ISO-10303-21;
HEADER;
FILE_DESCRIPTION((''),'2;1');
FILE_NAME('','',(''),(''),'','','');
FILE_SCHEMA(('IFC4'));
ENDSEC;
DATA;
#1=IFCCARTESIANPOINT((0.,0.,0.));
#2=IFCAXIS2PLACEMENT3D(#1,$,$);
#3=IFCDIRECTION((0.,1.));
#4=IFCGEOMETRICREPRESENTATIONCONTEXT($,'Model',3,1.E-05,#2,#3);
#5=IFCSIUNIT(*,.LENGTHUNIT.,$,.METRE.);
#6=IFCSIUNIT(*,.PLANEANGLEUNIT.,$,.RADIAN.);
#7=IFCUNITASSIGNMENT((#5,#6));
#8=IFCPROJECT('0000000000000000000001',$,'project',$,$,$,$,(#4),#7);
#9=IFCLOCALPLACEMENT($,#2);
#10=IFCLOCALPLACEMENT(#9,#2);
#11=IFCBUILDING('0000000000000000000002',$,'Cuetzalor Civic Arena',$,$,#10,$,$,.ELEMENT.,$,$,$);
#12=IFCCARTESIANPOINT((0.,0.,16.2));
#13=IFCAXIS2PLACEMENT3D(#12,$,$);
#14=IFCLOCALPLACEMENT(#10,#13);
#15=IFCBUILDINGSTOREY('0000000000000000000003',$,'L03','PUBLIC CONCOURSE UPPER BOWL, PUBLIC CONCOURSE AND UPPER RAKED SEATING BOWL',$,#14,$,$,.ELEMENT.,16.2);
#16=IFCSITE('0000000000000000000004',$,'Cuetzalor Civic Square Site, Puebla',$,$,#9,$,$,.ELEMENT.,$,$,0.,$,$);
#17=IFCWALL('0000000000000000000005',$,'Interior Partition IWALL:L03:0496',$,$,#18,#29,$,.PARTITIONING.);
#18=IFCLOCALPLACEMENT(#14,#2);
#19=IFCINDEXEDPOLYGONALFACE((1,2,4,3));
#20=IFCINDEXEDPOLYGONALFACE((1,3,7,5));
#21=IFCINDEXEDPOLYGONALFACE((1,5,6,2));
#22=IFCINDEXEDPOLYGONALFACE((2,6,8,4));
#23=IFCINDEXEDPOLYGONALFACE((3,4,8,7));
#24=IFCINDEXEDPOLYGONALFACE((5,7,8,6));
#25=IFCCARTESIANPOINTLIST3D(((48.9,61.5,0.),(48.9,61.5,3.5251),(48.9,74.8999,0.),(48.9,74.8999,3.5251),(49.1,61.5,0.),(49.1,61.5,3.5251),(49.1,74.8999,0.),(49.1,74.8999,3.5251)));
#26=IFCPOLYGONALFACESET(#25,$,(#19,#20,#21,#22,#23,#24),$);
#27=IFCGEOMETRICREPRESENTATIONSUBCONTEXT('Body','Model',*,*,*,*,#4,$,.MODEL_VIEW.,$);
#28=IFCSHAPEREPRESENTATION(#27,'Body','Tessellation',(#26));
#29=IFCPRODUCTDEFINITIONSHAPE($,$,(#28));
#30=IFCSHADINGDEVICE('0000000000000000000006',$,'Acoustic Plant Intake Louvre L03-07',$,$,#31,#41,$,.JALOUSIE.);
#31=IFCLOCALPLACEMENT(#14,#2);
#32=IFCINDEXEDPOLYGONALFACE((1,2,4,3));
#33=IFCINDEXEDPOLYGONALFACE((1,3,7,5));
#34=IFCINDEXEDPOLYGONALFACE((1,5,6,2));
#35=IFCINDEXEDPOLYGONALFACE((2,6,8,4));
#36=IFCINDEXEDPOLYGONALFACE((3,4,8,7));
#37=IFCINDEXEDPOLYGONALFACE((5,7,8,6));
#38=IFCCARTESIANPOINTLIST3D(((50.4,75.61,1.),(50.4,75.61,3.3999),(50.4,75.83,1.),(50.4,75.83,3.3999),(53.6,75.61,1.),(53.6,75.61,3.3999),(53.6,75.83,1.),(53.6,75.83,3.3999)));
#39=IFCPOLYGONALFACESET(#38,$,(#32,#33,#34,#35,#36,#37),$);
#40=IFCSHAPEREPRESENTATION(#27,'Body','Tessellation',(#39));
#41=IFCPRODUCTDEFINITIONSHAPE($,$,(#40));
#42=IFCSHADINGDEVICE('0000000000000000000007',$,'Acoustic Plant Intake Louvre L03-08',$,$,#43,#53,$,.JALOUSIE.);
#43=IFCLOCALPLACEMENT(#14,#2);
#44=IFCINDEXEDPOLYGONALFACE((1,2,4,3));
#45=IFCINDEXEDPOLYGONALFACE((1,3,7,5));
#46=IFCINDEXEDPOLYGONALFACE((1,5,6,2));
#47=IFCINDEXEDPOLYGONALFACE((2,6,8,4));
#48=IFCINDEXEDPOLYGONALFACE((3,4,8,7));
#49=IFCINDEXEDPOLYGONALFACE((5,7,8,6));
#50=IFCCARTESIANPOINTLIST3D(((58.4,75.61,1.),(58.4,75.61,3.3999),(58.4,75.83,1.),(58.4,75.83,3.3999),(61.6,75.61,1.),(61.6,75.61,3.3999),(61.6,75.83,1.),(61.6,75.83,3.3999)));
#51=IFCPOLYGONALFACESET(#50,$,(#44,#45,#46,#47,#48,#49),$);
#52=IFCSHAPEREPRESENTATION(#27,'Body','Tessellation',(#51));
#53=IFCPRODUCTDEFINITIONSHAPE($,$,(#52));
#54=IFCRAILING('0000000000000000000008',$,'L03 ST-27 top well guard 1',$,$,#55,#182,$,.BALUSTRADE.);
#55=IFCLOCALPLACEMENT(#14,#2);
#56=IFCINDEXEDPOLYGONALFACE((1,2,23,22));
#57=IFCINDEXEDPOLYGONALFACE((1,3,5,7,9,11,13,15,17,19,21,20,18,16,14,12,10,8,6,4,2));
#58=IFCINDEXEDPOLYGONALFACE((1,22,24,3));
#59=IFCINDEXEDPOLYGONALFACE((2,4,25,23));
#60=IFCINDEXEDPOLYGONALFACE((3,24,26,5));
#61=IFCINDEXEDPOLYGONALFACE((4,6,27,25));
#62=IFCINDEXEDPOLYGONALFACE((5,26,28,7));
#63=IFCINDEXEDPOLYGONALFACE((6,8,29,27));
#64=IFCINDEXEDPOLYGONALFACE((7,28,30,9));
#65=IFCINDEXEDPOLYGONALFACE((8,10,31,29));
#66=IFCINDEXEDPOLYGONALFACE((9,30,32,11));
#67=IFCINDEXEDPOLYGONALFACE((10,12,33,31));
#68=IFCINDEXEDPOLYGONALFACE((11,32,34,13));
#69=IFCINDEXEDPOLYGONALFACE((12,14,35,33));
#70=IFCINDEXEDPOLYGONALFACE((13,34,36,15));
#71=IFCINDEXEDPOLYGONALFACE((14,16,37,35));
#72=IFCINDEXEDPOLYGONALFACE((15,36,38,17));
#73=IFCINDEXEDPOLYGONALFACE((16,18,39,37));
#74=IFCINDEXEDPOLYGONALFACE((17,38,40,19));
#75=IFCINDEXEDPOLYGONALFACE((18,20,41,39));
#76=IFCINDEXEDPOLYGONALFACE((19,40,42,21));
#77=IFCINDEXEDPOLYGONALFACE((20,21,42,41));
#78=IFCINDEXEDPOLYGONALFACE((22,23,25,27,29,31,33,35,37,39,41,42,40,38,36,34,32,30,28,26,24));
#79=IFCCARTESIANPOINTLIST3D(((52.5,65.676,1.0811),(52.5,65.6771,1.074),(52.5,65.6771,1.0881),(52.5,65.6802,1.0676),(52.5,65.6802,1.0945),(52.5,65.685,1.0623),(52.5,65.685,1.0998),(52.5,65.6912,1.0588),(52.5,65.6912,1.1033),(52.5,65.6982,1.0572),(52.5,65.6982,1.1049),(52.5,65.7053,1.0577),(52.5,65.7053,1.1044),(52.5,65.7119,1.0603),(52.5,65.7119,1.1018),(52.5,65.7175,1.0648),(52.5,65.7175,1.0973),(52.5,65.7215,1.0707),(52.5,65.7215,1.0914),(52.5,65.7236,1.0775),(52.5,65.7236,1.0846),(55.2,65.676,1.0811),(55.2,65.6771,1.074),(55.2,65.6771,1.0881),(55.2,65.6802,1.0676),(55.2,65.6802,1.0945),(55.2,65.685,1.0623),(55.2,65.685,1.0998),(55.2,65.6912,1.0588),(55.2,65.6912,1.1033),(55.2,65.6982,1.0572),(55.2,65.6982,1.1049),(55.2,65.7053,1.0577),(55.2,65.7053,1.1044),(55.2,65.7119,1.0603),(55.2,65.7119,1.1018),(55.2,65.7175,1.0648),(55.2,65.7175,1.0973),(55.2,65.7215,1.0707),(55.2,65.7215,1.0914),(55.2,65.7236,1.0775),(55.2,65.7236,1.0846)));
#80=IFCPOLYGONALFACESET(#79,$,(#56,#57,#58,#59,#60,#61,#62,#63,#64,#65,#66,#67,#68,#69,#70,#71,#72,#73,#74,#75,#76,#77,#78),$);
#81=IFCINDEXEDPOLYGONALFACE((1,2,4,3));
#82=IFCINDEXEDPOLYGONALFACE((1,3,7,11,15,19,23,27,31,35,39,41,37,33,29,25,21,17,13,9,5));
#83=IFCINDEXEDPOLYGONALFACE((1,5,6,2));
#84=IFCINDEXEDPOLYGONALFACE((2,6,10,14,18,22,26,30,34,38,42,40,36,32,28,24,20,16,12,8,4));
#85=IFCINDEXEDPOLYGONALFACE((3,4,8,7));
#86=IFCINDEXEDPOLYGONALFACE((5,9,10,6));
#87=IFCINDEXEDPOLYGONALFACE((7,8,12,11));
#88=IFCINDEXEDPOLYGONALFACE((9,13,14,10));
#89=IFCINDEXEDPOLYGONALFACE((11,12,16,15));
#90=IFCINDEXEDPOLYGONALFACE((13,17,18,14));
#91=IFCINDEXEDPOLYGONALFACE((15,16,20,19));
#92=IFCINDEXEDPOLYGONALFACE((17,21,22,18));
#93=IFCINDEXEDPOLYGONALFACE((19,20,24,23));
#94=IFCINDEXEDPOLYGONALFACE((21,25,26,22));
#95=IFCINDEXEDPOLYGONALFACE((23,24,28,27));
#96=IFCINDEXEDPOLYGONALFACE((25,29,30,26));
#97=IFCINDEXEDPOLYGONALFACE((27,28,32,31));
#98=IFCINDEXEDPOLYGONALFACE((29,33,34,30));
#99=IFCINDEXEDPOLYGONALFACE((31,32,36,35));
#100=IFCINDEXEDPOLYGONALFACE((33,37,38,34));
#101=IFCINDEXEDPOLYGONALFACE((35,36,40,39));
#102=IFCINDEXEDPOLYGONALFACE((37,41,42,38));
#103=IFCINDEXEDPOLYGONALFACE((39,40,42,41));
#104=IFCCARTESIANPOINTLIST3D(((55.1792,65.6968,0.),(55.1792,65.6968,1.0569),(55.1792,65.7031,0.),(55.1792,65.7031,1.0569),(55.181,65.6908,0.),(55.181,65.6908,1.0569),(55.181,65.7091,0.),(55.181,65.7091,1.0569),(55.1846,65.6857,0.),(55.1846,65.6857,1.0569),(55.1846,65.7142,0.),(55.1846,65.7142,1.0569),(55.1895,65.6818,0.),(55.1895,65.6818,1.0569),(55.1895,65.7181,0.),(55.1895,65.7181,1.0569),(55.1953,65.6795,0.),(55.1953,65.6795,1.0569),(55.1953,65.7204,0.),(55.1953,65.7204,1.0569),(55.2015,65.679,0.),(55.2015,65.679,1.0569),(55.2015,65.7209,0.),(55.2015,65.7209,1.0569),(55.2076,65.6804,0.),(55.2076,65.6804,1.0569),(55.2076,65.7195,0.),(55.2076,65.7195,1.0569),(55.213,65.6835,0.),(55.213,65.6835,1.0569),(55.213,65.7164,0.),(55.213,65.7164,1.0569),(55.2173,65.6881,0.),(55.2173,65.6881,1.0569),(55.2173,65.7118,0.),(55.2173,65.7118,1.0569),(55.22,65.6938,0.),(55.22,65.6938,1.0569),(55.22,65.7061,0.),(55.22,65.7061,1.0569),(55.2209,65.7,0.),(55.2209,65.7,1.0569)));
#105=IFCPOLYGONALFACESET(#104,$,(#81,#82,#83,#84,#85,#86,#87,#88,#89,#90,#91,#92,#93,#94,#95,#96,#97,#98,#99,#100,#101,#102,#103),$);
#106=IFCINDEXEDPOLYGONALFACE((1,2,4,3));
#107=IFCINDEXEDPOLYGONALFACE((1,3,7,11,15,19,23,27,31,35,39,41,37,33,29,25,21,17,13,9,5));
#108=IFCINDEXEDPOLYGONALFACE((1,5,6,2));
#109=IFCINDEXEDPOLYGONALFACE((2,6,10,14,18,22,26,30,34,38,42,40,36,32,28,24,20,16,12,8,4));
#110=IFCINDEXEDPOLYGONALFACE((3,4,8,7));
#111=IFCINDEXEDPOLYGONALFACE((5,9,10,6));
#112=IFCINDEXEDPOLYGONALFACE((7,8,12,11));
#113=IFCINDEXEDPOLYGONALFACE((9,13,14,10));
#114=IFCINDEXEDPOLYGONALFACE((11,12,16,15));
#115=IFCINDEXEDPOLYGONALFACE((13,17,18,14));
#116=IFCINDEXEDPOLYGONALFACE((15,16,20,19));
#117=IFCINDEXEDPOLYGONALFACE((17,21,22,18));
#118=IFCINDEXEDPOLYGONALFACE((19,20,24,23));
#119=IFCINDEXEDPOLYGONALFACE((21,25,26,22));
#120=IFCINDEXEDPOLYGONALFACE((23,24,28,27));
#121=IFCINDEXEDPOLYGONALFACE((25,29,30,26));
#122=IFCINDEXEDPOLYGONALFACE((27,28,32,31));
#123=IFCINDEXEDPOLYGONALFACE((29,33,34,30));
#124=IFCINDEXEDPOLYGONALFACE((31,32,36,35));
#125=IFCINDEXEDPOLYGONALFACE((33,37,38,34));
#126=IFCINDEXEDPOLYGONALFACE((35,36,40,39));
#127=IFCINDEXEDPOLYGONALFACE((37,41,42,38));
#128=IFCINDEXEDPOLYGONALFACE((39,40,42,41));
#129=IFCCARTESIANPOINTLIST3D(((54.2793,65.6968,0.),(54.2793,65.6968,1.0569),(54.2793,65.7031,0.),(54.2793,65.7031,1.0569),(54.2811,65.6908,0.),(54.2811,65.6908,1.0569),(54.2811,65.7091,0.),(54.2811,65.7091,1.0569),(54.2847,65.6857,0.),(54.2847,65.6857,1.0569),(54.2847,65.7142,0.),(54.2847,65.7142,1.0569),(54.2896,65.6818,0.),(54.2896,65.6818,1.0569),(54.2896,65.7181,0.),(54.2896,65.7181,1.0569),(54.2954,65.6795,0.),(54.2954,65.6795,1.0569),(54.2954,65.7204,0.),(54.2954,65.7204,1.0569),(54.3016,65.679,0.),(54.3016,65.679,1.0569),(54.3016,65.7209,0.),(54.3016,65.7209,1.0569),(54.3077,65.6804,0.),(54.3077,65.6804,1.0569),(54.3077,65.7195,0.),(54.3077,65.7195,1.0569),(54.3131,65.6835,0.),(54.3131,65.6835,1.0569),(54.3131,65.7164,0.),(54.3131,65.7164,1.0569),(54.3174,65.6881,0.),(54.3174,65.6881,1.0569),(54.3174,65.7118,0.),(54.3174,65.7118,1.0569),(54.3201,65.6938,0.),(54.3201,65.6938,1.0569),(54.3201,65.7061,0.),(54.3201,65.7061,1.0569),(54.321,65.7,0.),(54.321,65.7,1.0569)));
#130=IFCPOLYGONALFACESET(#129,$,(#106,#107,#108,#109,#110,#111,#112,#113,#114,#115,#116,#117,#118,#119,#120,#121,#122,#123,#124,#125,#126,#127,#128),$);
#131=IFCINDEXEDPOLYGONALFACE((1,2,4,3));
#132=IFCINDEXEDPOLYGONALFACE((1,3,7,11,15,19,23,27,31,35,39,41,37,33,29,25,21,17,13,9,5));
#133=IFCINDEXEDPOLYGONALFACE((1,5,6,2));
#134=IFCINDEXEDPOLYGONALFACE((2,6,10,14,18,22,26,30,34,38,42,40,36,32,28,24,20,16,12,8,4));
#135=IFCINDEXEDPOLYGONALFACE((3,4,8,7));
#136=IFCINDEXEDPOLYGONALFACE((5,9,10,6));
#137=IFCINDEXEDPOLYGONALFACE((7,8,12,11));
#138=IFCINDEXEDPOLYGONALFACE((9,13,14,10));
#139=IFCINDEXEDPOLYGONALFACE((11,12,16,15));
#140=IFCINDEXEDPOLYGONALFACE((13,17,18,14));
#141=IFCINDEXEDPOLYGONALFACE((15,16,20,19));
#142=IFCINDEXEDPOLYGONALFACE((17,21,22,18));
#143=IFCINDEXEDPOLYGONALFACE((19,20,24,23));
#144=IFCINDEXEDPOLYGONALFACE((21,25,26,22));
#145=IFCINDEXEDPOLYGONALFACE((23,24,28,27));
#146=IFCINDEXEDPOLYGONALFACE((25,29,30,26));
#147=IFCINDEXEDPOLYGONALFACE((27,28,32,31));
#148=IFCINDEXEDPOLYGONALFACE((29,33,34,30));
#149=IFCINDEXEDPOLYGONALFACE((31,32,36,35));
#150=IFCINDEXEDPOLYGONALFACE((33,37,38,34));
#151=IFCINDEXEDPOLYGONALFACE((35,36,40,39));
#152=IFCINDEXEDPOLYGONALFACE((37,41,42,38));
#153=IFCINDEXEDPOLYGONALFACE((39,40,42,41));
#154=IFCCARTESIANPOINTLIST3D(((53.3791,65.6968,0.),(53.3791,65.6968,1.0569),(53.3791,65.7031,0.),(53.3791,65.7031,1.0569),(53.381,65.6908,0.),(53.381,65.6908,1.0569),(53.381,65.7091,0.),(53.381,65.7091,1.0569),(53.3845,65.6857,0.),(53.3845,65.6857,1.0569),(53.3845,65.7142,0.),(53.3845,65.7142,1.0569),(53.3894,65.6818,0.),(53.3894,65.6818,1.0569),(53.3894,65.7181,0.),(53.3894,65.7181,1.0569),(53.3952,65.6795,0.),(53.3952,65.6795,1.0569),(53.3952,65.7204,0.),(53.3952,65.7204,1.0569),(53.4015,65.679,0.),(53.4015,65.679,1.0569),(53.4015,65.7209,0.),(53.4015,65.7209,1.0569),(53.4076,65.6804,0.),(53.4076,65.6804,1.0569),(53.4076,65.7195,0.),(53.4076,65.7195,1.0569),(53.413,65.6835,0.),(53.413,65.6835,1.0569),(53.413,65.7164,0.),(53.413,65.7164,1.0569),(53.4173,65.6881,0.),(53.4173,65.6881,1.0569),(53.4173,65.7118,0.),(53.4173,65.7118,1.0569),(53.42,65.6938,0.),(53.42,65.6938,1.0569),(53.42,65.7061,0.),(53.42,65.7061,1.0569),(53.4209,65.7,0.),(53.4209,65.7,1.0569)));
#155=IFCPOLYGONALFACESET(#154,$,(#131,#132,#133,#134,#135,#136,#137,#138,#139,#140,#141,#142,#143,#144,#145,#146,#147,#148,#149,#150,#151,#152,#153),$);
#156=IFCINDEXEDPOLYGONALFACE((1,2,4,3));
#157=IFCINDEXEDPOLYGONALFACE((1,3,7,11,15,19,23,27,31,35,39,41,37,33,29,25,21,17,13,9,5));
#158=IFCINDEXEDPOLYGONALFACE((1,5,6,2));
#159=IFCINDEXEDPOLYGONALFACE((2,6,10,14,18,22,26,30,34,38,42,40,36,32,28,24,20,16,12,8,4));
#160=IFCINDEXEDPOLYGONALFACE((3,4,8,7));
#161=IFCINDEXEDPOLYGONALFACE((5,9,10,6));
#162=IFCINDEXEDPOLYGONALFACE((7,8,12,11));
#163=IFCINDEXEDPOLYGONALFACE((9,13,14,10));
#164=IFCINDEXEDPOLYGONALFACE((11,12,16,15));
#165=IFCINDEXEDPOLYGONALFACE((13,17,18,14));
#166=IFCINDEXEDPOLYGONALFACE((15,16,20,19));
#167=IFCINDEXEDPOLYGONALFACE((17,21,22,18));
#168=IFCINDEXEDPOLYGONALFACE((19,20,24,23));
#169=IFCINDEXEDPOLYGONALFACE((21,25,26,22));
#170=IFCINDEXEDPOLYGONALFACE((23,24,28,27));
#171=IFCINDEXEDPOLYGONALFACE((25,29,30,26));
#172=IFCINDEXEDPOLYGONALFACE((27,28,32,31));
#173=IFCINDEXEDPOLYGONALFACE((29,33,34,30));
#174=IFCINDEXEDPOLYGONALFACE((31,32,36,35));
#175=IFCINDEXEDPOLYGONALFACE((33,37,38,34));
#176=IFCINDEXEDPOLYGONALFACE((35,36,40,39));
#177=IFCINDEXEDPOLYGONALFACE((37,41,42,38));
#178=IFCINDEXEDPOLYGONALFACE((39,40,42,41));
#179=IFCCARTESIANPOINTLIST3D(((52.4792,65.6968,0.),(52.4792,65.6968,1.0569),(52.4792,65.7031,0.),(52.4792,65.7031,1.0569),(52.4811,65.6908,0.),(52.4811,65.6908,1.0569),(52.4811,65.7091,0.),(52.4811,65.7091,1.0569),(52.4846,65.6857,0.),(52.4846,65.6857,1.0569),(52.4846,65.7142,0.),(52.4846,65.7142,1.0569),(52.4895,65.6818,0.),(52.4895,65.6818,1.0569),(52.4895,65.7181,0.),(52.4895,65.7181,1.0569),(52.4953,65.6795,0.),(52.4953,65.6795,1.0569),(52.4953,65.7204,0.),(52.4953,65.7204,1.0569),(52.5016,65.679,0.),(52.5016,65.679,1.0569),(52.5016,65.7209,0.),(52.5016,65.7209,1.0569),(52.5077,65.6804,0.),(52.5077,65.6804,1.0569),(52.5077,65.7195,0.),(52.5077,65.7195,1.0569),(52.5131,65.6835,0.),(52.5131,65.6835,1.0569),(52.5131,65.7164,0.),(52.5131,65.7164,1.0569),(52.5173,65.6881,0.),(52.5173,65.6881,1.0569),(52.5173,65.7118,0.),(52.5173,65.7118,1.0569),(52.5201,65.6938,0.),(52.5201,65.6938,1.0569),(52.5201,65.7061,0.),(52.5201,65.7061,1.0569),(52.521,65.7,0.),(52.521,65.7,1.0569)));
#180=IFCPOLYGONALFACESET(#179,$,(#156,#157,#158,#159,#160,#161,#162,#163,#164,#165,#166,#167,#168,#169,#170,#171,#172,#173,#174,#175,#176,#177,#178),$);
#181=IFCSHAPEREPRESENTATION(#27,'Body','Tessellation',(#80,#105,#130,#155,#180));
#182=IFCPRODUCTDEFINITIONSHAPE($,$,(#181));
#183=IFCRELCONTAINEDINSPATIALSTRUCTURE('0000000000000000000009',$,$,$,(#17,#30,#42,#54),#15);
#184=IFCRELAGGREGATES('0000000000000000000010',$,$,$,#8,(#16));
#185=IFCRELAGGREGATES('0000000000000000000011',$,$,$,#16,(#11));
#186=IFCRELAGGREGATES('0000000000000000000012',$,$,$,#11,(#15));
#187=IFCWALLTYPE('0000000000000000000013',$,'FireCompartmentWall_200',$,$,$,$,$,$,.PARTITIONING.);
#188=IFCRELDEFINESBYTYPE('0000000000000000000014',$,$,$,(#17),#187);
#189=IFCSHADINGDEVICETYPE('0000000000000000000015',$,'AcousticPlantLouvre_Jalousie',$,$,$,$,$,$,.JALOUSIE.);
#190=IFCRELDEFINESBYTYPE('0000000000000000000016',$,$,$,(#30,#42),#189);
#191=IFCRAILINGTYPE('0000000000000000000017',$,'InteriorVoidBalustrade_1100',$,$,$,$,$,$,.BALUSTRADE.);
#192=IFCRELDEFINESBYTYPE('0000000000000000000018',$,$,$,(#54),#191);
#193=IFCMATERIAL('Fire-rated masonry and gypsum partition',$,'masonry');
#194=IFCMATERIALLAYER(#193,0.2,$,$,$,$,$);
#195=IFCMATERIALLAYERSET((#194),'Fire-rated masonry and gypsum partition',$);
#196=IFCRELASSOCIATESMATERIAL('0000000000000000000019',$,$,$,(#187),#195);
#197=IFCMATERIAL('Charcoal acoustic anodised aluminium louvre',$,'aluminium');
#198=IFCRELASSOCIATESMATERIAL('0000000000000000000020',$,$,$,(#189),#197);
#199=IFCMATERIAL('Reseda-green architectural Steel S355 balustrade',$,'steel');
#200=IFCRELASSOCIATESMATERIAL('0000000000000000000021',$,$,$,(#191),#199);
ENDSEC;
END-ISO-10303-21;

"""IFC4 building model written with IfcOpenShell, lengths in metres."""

from ifc_helpers import new_model, si_unit, direction, frame, frame_2d, origin, origin_2d, place, context, subcontext, project, spatial, rectangle, circle, extrude, material, layer, layer_set, type_object, element, save


model = new_model("IFC4")

# Units and contexts
model_context = context("Model", 3, precision=1e-05, world=origin(), true_north=direction((0.0, 1.0)))
body_context = subcontext(model_context, "Body", "Model", "MODEL_VIEW")
ifc_project = project(units=[si_unit("LENGTHUNIT", "METRE"), si_unit("PLANEANGLEUNIT", "RADIAN")], contexts=[model_context])

# Site, building, storey
site_placement = place(None, origin())
site = spatial("IfcSite", under=ifc_project, at=site_placement, Name="Cuetzalor Civic Square Site, Puebla", CompositionType="ELEMENT", RefElevation=0.0)
building_placement = place(site_placement, origin())
building = spatial("IfcBuilding", under=site, at=building_placement, Name="Cuetzalor Civic Arena", CompositionType="ELEMENT")
storey_placement = place(building_placement, frame((0.0, 0.0, 16.2)))
storey = spatial("IfcBuildingStorey", under=building, at=storey_placement, Name="L03", Description="PUBLIC CONCOURSE UPPER BOWL, PUBLIC CONCOURSE AND UPPER RAKED SEATING BOWL", CompositionType="ELEMENT", Elevation=16.2)

# Shared definitions
ifc_material_1 = material(Name="Fire-rated masonry and gypsum partition", Category="masonry")
ifc_layer_1 = layer(ifc_material_1, 0.2)
ifc_layer_set_1 = layer_set([ifc_layer_1], Name="Fire-rated masonry and gypsum partition")
wall_type_1 = type_object("IfcWallType", Name="FireCompartmentWall_200", PredefinedType="PARTITIONING", material=ifc_layer_set_1)

# Wall
wall_1_placement = place(storey_placement, frame((49.0, 74.8999, 0.0), z_axis=(0.0, 0.0, 1.0), x_axis=(0.0, -1.0, 0.0)))
element("IfcWall", 1, at=wall_1_placement, inside=storey, type_object=wall_type_1, Name="Interior Partition IWALL:L03:0496", PredefinedType="PARTITIONING", context=body_context, shape_type="SweptSolid", body=[
    extrude(rectangle(XDim=13.3999, YDim=0.2, at=frame_2d((6.7, 0.0))), origin(), (0.0, 0.0, 1.0), 3.5251),
])

# Shading devices
ifc_material_2 = material(Name="Charcoal acoustic anodised aluminium louvre", Category="aluminium")
shading_device_type = type_object("IfcShadingDeviceType", Name="AcousticPlantLouvre_Jalousie", PredefinedType="JALOUSIE", material=ifc_material_2)
for number, where, z_axis, x_axis, name in (
    (2, (52.0, 75.72, 1.0), (0.0, 0.0, 1.0), (1.0, 0.0, 0.0), "Acoustic Plant Intake Louvre L03-07"),
    (3, (60.0, 75.72, 1.0), (0.0, 0.0, 1.0), (1.0, 0.0, 0.0), "Acoustic Plant Intake Louvre L03-08"),
):
    element("IfcShadingDevice", number, at=place(storey_placement, frame(where, z_axis=z_axis, x_axis=x_axis)), inside=storey, type_object=shading_device_type, Name=name, PredefinedType="JALOUSIE", context=body_context, shape_type="SweptSolid", body=[
        extrude(rectangle(XDim=3.2, YDim=0.22, at=origin_2d()), origin(), (0.0, 0.0, 1.0), 2.3999),
    ])

# Railing
ifc_material_3 = material(Name="Reseda-green architectural Steel S355 balustrade", Category="steel")
railing_type = type_object("IfcRailingType", Name="InteriorVoidBalustrade_1100", PredefinedType="BALUSTRADE", material=ifc_material_3)
railing_placement = place(storey_placement, frame((55.2, 65.7, 0.0)))
element("IfcRailing", 4, at=railing_placement, inside=storey, type_object=railing_type, Name="L03 ST-27 top well guard 1", PredefinedType="BALUSTRADE", context=body_context, shape_type="SweptSolid", body=[
    extrude(circle(Radius=0.0239, at=origin_2d()), frame((0.0, 0.0, 1.0811), z_axis=(-1.0, 0.0, 0.0), x_axis=(0.0, -1.0, 0.0)), (0.0, 0.0, 1.0), 2.7),
    extrude(circle(Radius=0.021, at=origin_2d()), origin(), (0.0, 0.0, 1.0), 1.0569),
    extrude(circle(Radius=0.021, at=origin_2d()), frame((-0.8999, 0.0, 0.0)), (0.0, 0.0, 1.0), 1.0569),
    extrude(circle(Radius=0.021, at=origin_2d()), frame((-1.8, 0.0, 0.0)), (0.0, 0.0, 1.0), 1.0569),
    extrude(circle(Radius=0.021, at=origin_2d()), frame((-2.7, 0.0, 0.0)), (0.0, 0.0, 1.0), 1.0569),
])

save(model, "model.ifc")
